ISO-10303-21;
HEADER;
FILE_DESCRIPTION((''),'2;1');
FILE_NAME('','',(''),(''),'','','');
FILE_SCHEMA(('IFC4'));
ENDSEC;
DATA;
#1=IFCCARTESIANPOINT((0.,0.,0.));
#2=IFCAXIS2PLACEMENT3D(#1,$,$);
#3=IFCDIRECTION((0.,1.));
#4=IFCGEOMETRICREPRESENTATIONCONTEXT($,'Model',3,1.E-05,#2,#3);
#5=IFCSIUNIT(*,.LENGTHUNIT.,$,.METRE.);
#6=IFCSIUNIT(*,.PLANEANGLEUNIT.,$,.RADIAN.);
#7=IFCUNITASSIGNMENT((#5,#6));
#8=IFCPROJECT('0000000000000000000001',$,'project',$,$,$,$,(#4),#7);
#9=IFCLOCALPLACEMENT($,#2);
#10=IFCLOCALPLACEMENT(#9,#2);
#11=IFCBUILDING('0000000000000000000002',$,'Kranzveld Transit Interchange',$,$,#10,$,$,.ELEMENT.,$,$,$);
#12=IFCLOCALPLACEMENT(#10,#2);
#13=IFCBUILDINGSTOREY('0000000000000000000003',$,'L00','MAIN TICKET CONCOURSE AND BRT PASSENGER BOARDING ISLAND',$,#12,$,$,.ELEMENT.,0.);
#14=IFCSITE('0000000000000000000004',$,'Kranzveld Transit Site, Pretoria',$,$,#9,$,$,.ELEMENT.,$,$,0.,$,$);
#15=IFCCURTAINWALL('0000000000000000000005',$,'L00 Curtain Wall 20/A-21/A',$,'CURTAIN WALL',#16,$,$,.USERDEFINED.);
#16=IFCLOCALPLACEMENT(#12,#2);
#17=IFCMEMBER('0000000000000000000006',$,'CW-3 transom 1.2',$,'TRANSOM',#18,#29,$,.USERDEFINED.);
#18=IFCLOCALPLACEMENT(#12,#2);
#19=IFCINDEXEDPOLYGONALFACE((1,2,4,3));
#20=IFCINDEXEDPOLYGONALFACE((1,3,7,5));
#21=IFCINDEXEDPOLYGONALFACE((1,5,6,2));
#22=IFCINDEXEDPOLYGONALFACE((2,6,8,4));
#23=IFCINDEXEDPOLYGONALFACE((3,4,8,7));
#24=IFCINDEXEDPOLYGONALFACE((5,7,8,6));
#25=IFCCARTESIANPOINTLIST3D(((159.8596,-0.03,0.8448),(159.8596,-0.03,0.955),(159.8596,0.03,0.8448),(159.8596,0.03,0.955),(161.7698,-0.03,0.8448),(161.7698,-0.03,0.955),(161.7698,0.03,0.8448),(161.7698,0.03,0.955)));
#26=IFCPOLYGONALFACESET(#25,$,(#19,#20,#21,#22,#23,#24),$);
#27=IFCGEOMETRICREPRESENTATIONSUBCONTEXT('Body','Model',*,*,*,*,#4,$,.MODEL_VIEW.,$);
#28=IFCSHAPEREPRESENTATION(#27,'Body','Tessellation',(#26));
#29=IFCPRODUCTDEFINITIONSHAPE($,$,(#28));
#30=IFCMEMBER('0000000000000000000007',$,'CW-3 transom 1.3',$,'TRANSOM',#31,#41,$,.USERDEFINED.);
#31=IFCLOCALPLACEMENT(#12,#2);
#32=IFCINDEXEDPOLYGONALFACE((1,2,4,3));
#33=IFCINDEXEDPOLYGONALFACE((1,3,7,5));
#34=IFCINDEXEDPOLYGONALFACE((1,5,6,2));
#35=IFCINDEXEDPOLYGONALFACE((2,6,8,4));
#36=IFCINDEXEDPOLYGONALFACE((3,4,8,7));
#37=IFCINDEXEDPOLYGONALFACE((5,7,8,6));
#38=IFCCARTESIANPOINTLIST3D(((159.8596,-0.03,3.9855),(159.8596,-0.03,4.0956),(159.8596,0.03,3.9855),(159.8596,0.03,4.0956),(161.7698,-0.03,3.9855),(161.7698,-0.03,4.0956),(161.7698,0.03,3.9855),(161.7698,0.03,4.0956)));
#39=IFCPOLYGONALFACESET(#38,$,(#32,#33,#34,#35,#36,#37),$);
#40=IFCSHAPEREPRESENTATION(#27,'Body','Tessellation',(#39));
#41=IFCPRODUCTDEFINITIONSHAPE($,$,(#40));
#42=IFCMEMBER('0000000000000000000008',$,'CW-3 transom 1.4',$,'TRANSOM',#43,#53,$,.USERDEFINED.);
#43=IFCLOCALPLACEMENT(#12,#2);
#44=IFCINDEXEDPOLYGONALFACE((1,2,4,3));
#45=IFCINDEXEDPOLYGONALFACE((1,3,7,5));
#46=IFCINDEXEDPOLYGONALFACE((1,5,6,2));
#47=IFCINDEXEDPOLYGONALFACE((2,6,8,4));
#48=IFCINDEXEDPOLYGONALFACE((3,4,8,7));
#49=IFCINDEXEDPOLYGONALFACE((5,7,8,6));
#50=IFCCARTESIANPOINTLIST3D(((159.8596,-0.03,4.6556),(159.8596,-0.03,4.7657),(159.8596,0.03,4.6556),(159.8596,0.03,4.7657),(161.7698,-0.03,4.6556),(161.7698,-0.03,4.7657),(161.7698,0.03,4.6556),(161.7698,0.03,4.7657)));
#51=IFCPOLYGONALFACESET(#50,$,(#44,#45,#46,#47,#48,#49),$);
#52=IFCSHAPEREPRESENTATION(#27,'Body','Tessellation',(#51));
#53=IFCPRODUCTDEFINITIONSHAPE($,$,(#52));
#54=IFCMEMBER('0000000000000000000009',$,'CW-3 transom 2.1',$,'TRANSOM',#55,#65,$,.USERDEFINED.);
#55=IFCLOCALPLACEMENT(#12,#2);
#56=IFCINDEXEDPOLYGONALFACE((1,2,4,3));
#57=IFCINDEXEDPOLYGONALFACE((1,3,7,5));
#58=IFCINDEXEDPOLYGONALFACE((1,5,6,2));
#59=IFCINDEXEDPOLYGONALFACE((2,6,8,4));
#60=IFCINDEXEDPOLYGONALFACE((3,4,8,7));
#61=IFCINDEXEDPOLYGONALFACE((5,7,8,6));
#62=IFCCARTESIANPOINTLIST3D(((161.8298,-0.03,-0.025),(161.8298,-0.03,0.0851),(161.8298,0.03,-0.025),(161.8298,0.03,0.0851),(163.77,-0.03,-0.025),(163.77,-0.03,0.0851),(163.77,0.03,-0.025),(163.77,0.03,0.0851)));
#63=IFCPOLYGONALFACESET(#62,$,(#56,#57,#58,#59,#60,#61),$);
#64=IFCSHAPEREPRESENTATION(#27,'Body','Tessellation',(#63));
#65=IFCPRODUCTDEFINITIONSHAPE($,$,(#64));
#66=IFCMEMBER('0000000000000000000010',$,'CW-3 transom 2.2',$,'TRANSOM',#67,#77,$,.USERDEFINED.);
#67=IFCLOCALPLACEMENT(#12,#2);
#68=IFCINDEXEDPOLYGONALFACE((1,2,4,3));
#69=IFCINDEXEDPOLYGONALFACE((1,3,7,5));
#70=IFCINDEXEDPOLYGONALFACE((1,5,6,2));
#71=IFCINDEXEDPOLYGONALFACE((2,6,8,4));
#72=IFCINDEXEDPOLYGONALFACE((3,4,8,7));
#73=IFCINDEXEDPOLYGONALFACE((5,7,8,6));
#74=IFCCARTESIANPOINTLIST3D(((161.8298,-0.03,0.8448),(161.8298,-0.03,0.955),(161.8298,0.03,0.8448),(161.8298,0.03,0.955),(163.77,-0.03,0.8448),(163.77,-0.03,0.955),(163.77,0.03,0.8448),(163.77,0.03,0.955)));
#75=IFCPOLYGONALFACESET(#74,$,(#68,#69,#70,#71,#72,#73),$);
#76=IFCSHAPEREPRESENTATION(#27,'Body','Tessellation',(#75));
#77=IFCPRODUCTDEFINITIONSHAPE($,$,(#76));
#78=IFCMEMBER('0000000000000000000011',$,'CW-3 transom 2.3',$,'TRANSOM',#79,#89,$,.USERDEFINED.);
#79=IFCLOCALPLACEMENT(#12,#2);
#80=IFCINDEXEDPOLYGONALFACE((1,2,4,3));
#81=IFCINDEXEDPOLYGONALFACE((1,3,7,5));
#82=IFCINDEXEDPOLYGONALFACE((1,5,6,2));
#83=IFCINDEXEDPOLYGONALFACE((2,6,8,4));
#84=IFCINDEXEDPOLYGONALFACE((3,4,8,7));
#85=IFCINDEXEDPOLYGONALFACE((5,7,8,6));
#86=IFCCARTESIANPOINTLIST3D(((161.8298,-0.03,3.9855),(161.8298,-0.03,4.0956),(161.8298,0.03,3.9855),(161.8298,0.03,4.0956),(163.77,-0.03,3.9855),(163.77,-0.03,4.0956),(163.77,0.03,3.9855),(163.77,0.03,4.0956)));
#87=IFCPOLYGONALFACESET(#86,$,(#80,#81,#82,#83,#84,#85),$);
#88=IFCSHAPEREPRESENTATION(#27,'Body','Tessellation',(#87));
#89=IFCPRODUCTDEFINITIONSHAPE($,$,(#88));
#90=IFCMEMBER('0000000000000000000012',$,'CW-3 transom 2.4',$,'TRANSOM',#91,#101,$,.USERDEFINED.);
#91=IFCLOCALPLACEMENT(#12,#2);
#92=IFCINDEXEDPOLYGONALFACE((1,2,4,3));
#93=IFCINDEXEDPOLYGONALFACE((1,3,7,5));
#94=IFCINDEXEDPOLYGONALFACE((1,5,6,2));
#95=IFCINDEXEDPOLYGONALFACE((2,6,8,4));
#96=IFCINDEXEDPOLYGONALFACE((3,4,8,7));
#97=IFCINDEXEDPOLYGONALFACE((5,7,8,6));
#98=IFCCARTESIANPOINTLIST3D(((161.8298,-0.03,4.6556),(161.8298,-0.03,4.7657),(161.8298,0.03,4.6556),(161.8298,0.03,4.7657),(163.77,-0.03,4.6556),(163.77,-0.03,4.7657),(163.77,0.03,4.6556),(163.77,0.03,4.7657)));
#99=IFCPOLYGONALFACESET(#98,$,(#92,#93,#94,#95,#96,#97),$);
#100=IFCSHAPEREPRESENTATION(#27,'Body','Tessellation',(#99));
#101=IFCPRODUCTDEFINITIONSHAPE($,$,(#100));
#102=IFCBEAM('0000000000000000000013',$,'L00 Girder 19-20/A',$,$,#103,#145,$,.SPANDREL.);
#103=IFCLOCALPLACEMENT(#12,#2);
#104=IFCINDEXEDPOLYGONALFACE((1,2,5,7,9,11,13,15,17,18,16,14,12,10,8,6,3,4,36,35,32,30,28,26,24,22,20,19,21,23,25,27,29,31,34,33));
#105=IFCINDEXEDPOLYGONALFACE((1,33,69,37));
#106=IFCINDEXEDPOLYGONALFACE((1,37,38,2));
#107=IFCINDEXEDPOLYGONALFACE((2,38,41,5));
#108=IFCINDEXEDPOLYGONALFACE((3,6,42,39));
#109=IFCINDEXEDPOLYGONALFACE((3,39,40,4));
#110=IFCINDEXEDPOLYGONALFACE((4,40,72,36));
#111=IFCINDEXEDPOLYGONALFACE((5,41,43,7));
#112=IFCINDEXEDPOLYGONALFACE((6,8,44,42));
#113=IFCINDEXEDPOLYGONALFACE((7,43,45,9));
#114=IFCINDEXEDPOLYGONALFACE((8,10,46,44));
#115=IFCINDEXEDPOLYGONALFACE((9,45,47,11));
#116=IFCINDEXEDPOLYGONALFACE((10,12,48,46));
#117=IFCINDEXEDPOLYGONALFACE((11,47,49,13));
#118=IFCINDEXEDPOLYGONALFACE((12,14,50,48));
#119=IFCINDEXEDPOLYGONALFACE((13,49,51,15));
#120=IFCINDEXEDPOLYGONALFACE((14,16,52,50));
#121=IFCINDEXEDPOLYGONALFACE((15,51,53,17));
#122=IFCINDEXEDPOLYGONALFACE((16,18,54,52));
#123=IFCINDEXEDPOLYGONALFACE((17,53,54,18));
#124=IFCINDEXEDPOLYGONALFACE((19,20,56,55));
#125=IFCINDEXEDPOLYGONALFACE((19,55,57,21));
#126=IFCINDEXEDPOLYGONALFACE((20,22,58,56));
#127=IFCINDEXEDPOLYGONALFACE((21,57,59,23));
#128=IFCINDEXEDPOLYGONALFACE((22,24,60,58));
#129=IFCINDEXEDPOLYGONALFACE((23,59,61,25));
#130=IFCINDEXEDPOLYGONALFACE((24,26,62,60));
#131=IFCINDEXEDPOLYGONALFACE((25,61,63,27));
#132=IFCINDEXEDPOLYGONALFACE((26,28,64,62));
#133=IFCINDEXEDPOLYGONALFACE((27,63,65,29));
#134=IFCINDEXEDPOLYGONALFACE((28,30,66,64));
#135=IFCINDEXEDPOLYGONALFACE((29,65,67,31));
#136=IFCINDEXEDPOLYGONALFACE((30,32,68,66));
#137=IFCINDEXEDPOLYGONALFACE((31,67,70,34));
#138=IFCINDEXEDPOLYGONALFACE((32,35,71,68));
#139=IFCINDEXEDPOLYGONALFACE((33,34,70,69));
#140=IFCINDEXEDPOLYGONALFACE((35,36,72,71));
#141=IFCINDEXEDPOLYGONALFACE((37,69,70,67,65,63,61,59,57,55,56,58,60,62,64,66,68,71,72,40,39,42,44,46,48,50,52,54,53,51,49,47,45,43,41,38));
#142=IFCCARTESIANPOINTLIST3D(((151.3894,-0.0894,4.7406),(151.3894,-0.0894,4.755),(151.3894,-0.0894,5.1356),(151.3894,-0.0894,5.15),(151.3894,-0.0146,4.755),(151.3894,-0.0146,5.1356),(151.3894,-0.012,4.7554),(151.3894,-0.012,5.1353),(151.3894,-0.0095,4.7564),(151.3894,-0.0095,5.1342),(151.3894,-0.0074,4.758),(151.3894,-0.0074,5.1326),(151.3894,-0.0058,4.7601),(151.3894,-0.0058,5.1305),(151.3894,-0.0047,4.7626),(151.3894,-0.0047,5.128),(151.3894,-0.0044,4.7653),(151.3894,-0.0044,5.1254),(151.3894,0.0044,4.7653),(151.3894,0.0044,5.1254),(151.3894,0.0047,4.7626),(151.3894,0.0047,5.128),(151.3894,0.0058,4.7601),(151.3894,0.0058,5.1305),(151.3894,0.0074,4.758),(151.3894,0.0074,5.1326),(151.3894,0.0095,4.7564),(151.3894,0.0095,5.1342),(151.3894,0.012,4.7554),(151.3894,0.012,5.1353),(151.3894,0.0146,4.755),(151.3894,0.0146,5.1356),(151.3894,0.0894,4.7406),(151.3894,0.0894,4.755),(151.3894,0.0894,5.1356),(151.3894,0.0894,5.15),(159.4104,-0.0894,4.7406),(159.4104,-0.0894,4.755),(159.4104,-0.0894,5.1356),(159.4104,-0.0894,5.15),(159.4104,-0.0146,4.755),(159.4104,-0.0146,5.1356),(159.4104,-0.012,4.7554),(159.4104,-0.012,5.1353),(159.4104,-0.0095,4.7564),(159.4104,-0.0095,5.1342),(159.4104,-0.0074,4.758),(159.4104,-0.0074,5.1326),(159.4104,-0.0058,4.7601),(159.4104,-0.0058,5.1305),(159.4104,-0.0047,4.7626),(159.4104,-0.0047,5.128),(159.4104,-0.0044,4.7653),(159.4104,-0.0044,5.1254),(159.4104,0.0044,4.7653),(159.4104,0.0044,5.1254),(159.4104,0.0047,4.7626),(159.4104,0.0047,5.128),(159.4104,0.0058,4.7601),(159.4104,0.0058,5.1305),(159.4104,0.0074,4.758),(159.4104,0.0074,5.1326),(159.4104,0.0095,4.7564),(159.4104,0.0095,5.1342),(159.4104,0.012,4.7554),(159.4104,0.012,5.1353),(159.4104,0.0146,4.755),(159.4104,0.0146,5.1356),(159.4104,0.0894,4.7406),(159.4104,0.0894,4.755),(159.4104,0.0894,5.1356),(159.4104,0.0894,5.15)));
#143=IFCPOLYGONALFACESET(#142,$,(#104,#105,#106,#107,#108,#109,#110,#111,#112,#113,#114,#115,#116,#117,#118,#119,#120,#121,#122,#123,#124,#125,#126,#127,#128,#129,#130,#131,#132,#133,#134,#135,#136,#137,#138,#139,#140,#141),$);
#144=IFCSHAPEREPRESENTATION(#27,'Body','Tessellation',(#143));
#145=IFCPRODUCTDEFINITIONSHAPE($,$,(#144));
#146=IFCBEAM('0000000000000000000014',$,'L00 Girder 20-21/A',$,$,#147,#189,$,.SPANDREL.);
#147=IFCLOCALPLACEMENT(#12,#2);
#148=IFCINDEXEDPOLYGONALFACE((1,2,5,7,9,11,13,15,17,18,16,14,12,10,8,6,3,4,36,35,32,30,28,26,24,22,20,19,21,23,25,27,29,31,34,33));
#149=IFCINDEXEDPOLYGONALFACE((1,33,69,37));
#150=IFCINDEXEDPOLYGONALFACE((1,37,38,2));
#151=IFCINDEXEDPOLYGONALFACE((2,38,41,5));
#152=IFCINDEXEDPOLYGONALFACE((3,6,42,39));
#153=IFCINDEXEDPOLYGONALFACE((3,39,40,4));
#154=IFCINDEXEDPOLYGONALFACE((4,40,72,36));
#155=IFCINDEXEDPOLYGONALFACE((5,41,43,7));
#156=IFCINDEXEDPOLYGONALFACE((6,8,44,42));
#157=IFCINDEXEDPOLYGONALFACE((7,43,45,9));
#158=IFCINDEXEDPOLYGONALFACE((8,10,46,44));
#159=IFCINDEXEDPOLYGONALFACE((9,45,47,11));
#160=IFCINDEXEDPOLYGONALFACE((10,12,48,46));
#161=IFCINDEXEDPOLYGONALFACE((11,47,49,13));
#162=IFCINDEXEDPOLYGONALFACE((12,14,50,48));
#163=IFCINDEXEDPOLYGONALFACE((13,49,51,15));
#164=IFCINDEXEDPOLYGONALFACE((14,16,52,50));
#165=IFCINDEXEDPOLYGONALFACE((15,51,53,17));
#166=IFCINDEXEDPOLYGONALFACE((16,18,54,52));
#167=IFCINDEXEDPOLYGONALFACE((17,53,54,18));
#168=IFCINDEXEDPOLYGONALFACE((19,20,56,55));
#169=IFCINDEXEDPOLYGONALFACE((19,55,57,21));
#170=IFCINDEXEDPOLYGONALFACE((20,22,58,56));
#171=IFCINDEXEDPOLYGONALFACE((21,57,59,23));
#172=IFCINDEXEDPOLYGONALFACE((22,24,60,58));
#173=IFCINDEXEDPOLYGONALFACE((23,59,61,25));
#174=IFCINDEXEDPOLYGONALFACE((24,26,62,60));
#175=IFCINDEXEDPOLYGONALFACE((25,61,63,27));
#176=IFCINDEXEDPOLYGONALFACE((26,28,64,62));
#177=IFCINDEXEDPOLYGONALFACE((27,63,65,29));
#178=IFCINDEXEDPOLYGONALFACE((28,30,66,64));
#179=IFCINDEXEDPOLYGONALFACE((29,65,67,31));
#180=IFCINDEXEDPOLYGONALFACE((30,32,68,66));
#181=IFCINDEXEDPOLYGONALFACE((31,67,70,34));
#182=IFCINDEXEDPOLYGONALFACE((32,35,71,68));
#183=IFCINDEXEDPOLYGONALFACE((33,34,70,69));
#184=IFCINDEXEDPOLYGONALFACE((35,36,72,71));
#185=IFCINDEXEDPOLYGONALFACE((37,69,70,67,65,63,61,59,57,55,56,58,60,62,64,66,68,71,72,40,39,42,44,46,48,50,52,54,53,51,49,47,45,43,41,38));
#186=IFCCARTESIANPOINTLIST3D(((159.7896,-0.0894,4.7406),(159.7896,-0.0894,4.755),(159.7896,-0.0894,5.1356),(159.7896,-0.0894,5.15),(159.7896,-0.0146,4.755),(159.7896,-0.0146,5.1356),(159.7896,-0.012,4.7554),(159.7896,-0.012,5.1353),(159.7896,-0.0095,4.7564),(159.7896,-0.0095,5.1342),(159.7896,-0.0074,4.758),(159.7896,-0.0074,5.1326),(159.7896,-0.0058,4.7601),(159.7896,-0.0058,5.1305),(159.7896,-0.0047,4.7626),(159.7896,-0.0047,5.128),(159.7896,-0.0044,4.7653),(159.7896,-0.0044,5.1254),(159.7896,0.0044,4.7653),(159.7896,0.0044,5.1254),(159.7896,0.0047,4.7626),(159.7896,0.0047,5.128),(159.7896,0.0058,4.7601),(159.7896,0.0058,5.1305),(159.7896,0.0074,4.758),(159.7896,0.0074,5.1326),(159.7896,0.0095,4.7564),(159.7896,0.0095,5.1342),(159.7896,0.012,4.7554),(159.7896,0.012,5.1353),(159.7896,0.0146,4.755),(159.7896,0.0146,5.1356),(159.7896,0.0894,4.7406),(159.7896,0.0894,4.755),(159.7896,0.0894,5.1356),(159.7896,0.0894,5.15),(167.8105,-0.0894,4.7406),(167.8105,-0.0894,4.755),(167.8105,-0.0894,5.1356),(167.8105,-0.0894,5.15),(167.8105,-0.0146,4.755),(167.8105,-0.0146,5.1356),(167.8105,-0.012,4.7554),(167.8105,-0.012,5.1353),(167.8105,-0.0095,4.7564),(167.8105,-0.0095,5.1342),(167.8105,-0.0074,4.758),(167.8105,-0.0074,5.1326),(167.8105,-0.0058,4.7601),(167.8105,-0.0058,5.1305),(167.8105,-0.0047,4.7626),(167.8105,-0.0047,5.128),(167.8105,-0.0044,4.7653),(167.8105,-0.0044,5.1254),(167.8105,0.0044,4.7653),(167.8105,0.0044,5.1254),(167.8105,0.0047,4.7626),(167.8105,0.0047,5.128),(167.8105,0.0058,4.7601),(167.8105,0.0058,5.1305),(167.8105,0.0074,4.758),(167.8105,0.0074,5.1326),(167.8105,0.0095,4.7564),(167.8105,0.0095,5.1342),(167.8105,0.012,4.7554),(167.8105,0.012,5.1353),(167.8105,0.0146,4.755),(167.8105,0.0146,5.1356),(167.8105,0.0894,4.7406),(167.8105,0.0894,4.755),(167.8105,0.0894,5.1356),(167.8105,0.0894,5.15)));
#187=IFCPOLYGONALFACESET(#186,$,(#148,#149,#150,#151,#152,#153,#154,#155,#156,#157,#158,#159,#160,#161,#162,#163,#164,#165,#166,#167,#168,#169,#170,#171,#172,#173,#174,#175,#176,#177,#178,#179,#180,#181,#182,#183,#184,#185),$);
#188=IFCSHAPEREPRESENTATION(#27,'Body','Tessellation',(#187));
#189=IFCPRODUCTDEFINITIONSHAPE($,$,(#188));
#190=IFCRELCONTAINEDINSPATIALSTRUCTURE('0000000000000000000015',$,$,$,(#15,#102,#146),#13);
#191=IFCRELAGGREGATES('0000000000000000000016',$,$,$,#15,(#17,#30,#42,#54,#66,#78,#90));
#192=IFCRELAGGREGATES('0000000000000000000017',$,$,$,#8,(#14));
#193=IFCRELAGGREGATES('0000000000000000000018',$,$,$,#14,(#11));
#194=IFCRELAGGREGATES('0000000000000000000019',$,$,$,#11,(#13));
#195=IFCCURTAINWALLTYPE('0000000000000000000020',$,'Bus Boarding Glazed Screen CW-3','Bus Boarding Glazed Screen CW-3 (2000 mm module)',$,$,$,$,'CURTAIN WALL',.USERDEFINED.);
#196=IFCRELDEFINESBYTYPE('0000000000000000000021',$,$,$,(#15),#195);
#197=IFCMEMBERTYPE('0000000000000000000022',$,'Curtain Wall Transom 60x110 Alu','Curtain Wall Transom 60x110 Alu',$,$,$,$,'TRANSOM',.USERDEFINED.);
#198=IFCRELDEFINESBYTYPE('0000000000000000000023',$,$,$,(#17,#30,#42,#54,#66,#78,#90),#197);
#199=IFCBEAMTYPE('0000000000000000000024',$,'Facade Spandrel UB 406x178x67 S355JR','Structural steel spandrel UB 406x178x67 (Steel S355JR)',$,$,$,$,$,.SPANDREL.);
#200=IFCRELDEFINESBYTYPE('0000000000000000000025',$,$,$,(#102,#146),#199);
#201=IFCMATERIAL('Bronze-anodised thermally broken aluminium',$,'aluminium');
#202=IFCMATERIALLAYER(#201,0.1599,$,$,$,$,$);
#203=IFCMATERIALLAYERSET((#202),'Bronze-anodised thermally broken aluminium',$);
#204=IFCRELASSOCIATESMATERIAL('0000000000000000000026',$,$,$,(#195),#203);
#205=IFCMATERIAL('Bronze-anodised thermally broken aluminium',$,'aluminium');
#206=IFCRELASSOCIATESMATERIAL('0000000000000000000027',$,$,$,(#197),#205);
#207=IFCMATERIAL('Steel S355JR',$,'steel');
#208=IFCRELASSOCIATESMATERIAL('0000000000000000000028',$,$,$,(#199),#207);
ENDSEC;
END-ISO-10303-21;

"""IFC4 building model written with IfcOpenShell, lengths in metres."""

from ifc_helpers import new_model, si_unit, direction, frame, origin, origin_2d, place, context, subcontext, project, spatial, rectangle, i_section, extrude, material, layer, layer_set, material_profile, profile_set, type_object, element, aggregate, save


model = new_model("IFC4")

# Units and contexts
model_context = context("Model", 3, precision=1e-05, world=origin(), true_north=direction((0.0, 1.0)))
body_context = subcontext(model_context, "Body", "Model", "MODEL_VIEW")
ifc_project = project(units=[si_unit("LENGTHUNIT", "METRE"), si_unit("PLANEANGLEUNIT", "RADIAN")], contexts=[model_context])

# Site, building, storey
site_placement = place(None, origin())
site = spatial("IfcSite", under=ifc_project, at=site_placement, Name="Kranzveld Transit Site, Pretoria", CompositionType="ELEMENT", RefElevation=0.0)
building_placement = place(site_placement, origin())
building = spatial("IfcBuilding", under=site, at=building_placement, Name="Kranzveld Transit Interchange", CompositionType="ELEMENT")
storey_placement = place(building_placement, origin())
storey = spatial("IfcBuildingStorey", under=building, at=storey_placement, Name="L00", Description="MAIN TICKET CONCOURSE AND BRT PASSENGER BOARDING ISLAND", CompositionType="ELEMENT", Elevation=0.0)

# Curtain wall, members
ifc_material_1 = material(Name="Bronze-anodised thermally broken aluminium", Category="aluminium")
ifc_layer_1 = layer(ifc_material_1, 0.1599)
ifc_layer_set_1 = layer_set([ifc_layer_1], Name="Bronze-anodised thermally broken aluminium")
curtain_wall_type = type_object("IfcCurtainWallType", Name="Bus Boarding Glazed Screen CW-3", Description="Bus Boarding Glazed Screen CW-3 (2000 mm module)", ElementType="CURTAIN WALL", PredefinedType="USERDEFINED", material=ifc_layer_set_1)
curtain_wall_placement = place(storey_placement, origin())
curtain_wall = element("IfcCurtainWall", 1, at=curtain_wall_placement, inside=storey, type_object=curtain_wall_type, Name="L00 Curtain Wall 20/A-21/A", ObjectType="CURTAIN WALL", PredefinedType="USERDEFINED")
ifc_material_2 = material(Name="Bronze-anodised thermally broken aluminium", Category="aluminium")
ifc_material_profile_1 = material_profile(ifc_material_2, rectangle(XDim=0.0601, YDim=0.1101, at=origin_2d()), Name="ALU TRANSOM 60x110")
ifc_profile_set_1 = profile_set([ifc_material_profile_1], Name="Bronze-anodised thermally broken aluminium")
member_type_1 = type_object("IfcMemberType", Name="Curtain Wall Transom 60x110 Alu", Description="Curtain Wall Transom 60x110 Alu", ElementType="TRANSOM", PredefinedType="USERDEFINED", material=ifc_profile_set_1)
member_1_placement = place(storey_placement, frame((159.8596, 0.0, 0.8999), z_axis=(1.0, 0.0, 0.0), x_axis=(0.0, 1.0, 0.0)))
member_1 = element("IfcMember", 2, at=member_1_placement, type_object=member_type_1, Name="CW-3 transom 1.2", ObjectType="TRANSOM", PredefinedType="USERDEFINED", context=body_context, shape_type="SweptSolid", body=[
    extrude(rectangle(XDim=0.0601, YDim=0.1101, at=origin_2d()), origin(), (0.0, 0.0, 1.0), 1.9102),
])
member_2_placement = place(storey_placement, frame((159.8596, 0.0, 4.0405), z_axis=(1.0, 0.0, 0.0), x_axis=(0.0, 1.0, 0.0)))
member_2 = element("IfcMember", 3, at=member_2_placement, type_object=member_type_1, Name="CW-3 transom 1.3", ObjectType="TRANSOM", PredefinedType="USERDEFINED", context=body_context, shape_type="SweptSolid", body=[
    extrude(rectangle(XDim=0.0601, YDim=0.1101, at=origin_2d()), origin(), (0.0, 0.0, 1.0), 1.9102),
])
member_3_placement = place(storey_placement, frame((159.8596, 0.0, 4.7107), z_axis=(1.0, 0.0, 0.0), x_axis=(0.0, 1.0, 0.0)))
member_3 = element("IfcMember", 4, at=member_3_placement, type_object=member_type_1, Name="CW-3 transom 1.4", ObjectType="TRANSOM", PredefinedType="USERDEFINED", context=body_context, shape_type="SweptSolid", body=[
    extrude(rectangle(XDim=0.0601, YDim=0.1101, at=origin_2d()), origin(), (0.0, 0.0, 1.0), 1.9102),
])
member_4_placement = place(storey_placement, frame((161.8298, 0.0, 0.03), z_axis=(1.0, 0.0, 0.0), x_axis=(0.0, 1.0, 0.0)))
member_4 = element("IfcMember", 5, at=member_4_placement, type_object=member_type_1, Name="CW-3 transom 2.1", ObjectType="TRANSOM", PredefinedType="USERDEFINED", context=body_context, shape_type="SweptSolid", body=[
    extrude(rectangle(XDim=0.0601, YDim=0.1101, at=origin_2d()), origin(), (0.0, 0.0, 1.0), 1.9402),
])
member_5_placement = place(storey_placement, frame((161.8298, 0.0, 0.8999), z_axis=(1.0, 0.0, 0.0), x_axis=(0.0, 1.0, 0.0)))
member_5 = element("IfcMember", 6, at=member_5_placement, type_object=member_type_1, Name="CW-3 transom 2.2", ObjectType="TRANSOM", PredefinedType="USERDEFINED", context=body_context, shape_type="SweptSolid", body=[
    extrude(rectangle(XDim=0.0601, YDim=0.1101, at=origin_2d()), origin(), (0.0, 0.0, 1.0), 1.9402),
])
member_6_placement = place(storey_placement, frame((161.8298, 0.0, 4.0405), z_axis=(1.0, 0.0, 0.0), x_axis=(0.0, 1.0, 0.0)))
member_6 = element("IfcMember", 7, at=member_6_placement, type_object=member_type_1, Name="CW-3 transom 2.3", ObjectType="TRANSOM", PredefinedType="USERDEFINED", context=body_context, shape_type="SweptSolid", body=[
    extrude(rectangle(XDim=0.0601, YDim=0.1101, at=origin_2d()), origin(), (0.0, 0.0, 1.0), 1.9402),
])
member_7_placement = place(storey_placement, frame((161.8298, 0.0, 4.7107), z_axis=(1.0, 0.0, 0.0), x_axis=(0.0, 1.0, 0.0)))
member_7 = element("IfcMember", 8, at=member_7_placement, type_object=member_type_1, Name="CW-3 transom 2.4", ObjectType="TRANSOM", PredefinedType="USERDEFINED", context=body_context, shape_type="SweptSolid", body=[
    extrude(rectangle(XDim=0.0601, YDim=0.1101, at=origin_2d()), origin(), (0.0, 0.0, 1.0), 1.9402),
])

# Beams
ifc_material_3 = material(Name="Steel S355JR", Category="steel")
ifc_material_profile_2 = material_profile(ifc_material_3, i_section(OverallWidth=0.1787, OverallDepth=0.4094, WebThickness=0.0088, FlangeThickness=0.0144, FilletRadius=0.0103, at=origin_2d()), Name="UB 406x178x67")
ifc_profile_set_2 = profile_set([ifc_material_profile_2], Name="Steel S355JR")
beam_type_1 = type_object("IfcBeamType", Name="Facade Spandrel UB 406x178x67 S355JR", Description="Structural steel spandrel UB 406x178x67 (Steel S355JR)", PredefinedType="SPANDREL", material=ifc_profile_set_2)
for number, where, z_axis, x_axis, name in (
    (9, (151.3894, 0.0, 4.9453), (1.0, 0.0, 0.0), (0.0, 1.0, 0.0), "L00 Girder 19-20/A"),
    (10, (159.7896, 0.0, 4.9453), (1.0, 0.0, 0.0), (0.0, 1.0, 0.0), "L00 Girder 20-21/A"),
):
    element("IfcBeam", number, at=place(storey_placement, frame(where, z_axis=z_axis, x_axis=x_axis)), inside=storey, type_object=beam_type_1, Name=name, PredefinedType="SPANDREL", context=body_context, shape_type="SweptSolid", body=[
        extrude(i_section(OverallWidth=0.1787, OverallDepth=0.4094, WebThickness=0.0088, FlangeThickness=0.0144, FilletRadius=0.0103, at=origin_2d()), origin(), (0.0, 0.0, 1.0), 8.021),
    ])

aggregate(curtain_wall, [member_1, member_2, member_3, member_4, member_5, member_6, member_7])

save(model, "model.ifc")
